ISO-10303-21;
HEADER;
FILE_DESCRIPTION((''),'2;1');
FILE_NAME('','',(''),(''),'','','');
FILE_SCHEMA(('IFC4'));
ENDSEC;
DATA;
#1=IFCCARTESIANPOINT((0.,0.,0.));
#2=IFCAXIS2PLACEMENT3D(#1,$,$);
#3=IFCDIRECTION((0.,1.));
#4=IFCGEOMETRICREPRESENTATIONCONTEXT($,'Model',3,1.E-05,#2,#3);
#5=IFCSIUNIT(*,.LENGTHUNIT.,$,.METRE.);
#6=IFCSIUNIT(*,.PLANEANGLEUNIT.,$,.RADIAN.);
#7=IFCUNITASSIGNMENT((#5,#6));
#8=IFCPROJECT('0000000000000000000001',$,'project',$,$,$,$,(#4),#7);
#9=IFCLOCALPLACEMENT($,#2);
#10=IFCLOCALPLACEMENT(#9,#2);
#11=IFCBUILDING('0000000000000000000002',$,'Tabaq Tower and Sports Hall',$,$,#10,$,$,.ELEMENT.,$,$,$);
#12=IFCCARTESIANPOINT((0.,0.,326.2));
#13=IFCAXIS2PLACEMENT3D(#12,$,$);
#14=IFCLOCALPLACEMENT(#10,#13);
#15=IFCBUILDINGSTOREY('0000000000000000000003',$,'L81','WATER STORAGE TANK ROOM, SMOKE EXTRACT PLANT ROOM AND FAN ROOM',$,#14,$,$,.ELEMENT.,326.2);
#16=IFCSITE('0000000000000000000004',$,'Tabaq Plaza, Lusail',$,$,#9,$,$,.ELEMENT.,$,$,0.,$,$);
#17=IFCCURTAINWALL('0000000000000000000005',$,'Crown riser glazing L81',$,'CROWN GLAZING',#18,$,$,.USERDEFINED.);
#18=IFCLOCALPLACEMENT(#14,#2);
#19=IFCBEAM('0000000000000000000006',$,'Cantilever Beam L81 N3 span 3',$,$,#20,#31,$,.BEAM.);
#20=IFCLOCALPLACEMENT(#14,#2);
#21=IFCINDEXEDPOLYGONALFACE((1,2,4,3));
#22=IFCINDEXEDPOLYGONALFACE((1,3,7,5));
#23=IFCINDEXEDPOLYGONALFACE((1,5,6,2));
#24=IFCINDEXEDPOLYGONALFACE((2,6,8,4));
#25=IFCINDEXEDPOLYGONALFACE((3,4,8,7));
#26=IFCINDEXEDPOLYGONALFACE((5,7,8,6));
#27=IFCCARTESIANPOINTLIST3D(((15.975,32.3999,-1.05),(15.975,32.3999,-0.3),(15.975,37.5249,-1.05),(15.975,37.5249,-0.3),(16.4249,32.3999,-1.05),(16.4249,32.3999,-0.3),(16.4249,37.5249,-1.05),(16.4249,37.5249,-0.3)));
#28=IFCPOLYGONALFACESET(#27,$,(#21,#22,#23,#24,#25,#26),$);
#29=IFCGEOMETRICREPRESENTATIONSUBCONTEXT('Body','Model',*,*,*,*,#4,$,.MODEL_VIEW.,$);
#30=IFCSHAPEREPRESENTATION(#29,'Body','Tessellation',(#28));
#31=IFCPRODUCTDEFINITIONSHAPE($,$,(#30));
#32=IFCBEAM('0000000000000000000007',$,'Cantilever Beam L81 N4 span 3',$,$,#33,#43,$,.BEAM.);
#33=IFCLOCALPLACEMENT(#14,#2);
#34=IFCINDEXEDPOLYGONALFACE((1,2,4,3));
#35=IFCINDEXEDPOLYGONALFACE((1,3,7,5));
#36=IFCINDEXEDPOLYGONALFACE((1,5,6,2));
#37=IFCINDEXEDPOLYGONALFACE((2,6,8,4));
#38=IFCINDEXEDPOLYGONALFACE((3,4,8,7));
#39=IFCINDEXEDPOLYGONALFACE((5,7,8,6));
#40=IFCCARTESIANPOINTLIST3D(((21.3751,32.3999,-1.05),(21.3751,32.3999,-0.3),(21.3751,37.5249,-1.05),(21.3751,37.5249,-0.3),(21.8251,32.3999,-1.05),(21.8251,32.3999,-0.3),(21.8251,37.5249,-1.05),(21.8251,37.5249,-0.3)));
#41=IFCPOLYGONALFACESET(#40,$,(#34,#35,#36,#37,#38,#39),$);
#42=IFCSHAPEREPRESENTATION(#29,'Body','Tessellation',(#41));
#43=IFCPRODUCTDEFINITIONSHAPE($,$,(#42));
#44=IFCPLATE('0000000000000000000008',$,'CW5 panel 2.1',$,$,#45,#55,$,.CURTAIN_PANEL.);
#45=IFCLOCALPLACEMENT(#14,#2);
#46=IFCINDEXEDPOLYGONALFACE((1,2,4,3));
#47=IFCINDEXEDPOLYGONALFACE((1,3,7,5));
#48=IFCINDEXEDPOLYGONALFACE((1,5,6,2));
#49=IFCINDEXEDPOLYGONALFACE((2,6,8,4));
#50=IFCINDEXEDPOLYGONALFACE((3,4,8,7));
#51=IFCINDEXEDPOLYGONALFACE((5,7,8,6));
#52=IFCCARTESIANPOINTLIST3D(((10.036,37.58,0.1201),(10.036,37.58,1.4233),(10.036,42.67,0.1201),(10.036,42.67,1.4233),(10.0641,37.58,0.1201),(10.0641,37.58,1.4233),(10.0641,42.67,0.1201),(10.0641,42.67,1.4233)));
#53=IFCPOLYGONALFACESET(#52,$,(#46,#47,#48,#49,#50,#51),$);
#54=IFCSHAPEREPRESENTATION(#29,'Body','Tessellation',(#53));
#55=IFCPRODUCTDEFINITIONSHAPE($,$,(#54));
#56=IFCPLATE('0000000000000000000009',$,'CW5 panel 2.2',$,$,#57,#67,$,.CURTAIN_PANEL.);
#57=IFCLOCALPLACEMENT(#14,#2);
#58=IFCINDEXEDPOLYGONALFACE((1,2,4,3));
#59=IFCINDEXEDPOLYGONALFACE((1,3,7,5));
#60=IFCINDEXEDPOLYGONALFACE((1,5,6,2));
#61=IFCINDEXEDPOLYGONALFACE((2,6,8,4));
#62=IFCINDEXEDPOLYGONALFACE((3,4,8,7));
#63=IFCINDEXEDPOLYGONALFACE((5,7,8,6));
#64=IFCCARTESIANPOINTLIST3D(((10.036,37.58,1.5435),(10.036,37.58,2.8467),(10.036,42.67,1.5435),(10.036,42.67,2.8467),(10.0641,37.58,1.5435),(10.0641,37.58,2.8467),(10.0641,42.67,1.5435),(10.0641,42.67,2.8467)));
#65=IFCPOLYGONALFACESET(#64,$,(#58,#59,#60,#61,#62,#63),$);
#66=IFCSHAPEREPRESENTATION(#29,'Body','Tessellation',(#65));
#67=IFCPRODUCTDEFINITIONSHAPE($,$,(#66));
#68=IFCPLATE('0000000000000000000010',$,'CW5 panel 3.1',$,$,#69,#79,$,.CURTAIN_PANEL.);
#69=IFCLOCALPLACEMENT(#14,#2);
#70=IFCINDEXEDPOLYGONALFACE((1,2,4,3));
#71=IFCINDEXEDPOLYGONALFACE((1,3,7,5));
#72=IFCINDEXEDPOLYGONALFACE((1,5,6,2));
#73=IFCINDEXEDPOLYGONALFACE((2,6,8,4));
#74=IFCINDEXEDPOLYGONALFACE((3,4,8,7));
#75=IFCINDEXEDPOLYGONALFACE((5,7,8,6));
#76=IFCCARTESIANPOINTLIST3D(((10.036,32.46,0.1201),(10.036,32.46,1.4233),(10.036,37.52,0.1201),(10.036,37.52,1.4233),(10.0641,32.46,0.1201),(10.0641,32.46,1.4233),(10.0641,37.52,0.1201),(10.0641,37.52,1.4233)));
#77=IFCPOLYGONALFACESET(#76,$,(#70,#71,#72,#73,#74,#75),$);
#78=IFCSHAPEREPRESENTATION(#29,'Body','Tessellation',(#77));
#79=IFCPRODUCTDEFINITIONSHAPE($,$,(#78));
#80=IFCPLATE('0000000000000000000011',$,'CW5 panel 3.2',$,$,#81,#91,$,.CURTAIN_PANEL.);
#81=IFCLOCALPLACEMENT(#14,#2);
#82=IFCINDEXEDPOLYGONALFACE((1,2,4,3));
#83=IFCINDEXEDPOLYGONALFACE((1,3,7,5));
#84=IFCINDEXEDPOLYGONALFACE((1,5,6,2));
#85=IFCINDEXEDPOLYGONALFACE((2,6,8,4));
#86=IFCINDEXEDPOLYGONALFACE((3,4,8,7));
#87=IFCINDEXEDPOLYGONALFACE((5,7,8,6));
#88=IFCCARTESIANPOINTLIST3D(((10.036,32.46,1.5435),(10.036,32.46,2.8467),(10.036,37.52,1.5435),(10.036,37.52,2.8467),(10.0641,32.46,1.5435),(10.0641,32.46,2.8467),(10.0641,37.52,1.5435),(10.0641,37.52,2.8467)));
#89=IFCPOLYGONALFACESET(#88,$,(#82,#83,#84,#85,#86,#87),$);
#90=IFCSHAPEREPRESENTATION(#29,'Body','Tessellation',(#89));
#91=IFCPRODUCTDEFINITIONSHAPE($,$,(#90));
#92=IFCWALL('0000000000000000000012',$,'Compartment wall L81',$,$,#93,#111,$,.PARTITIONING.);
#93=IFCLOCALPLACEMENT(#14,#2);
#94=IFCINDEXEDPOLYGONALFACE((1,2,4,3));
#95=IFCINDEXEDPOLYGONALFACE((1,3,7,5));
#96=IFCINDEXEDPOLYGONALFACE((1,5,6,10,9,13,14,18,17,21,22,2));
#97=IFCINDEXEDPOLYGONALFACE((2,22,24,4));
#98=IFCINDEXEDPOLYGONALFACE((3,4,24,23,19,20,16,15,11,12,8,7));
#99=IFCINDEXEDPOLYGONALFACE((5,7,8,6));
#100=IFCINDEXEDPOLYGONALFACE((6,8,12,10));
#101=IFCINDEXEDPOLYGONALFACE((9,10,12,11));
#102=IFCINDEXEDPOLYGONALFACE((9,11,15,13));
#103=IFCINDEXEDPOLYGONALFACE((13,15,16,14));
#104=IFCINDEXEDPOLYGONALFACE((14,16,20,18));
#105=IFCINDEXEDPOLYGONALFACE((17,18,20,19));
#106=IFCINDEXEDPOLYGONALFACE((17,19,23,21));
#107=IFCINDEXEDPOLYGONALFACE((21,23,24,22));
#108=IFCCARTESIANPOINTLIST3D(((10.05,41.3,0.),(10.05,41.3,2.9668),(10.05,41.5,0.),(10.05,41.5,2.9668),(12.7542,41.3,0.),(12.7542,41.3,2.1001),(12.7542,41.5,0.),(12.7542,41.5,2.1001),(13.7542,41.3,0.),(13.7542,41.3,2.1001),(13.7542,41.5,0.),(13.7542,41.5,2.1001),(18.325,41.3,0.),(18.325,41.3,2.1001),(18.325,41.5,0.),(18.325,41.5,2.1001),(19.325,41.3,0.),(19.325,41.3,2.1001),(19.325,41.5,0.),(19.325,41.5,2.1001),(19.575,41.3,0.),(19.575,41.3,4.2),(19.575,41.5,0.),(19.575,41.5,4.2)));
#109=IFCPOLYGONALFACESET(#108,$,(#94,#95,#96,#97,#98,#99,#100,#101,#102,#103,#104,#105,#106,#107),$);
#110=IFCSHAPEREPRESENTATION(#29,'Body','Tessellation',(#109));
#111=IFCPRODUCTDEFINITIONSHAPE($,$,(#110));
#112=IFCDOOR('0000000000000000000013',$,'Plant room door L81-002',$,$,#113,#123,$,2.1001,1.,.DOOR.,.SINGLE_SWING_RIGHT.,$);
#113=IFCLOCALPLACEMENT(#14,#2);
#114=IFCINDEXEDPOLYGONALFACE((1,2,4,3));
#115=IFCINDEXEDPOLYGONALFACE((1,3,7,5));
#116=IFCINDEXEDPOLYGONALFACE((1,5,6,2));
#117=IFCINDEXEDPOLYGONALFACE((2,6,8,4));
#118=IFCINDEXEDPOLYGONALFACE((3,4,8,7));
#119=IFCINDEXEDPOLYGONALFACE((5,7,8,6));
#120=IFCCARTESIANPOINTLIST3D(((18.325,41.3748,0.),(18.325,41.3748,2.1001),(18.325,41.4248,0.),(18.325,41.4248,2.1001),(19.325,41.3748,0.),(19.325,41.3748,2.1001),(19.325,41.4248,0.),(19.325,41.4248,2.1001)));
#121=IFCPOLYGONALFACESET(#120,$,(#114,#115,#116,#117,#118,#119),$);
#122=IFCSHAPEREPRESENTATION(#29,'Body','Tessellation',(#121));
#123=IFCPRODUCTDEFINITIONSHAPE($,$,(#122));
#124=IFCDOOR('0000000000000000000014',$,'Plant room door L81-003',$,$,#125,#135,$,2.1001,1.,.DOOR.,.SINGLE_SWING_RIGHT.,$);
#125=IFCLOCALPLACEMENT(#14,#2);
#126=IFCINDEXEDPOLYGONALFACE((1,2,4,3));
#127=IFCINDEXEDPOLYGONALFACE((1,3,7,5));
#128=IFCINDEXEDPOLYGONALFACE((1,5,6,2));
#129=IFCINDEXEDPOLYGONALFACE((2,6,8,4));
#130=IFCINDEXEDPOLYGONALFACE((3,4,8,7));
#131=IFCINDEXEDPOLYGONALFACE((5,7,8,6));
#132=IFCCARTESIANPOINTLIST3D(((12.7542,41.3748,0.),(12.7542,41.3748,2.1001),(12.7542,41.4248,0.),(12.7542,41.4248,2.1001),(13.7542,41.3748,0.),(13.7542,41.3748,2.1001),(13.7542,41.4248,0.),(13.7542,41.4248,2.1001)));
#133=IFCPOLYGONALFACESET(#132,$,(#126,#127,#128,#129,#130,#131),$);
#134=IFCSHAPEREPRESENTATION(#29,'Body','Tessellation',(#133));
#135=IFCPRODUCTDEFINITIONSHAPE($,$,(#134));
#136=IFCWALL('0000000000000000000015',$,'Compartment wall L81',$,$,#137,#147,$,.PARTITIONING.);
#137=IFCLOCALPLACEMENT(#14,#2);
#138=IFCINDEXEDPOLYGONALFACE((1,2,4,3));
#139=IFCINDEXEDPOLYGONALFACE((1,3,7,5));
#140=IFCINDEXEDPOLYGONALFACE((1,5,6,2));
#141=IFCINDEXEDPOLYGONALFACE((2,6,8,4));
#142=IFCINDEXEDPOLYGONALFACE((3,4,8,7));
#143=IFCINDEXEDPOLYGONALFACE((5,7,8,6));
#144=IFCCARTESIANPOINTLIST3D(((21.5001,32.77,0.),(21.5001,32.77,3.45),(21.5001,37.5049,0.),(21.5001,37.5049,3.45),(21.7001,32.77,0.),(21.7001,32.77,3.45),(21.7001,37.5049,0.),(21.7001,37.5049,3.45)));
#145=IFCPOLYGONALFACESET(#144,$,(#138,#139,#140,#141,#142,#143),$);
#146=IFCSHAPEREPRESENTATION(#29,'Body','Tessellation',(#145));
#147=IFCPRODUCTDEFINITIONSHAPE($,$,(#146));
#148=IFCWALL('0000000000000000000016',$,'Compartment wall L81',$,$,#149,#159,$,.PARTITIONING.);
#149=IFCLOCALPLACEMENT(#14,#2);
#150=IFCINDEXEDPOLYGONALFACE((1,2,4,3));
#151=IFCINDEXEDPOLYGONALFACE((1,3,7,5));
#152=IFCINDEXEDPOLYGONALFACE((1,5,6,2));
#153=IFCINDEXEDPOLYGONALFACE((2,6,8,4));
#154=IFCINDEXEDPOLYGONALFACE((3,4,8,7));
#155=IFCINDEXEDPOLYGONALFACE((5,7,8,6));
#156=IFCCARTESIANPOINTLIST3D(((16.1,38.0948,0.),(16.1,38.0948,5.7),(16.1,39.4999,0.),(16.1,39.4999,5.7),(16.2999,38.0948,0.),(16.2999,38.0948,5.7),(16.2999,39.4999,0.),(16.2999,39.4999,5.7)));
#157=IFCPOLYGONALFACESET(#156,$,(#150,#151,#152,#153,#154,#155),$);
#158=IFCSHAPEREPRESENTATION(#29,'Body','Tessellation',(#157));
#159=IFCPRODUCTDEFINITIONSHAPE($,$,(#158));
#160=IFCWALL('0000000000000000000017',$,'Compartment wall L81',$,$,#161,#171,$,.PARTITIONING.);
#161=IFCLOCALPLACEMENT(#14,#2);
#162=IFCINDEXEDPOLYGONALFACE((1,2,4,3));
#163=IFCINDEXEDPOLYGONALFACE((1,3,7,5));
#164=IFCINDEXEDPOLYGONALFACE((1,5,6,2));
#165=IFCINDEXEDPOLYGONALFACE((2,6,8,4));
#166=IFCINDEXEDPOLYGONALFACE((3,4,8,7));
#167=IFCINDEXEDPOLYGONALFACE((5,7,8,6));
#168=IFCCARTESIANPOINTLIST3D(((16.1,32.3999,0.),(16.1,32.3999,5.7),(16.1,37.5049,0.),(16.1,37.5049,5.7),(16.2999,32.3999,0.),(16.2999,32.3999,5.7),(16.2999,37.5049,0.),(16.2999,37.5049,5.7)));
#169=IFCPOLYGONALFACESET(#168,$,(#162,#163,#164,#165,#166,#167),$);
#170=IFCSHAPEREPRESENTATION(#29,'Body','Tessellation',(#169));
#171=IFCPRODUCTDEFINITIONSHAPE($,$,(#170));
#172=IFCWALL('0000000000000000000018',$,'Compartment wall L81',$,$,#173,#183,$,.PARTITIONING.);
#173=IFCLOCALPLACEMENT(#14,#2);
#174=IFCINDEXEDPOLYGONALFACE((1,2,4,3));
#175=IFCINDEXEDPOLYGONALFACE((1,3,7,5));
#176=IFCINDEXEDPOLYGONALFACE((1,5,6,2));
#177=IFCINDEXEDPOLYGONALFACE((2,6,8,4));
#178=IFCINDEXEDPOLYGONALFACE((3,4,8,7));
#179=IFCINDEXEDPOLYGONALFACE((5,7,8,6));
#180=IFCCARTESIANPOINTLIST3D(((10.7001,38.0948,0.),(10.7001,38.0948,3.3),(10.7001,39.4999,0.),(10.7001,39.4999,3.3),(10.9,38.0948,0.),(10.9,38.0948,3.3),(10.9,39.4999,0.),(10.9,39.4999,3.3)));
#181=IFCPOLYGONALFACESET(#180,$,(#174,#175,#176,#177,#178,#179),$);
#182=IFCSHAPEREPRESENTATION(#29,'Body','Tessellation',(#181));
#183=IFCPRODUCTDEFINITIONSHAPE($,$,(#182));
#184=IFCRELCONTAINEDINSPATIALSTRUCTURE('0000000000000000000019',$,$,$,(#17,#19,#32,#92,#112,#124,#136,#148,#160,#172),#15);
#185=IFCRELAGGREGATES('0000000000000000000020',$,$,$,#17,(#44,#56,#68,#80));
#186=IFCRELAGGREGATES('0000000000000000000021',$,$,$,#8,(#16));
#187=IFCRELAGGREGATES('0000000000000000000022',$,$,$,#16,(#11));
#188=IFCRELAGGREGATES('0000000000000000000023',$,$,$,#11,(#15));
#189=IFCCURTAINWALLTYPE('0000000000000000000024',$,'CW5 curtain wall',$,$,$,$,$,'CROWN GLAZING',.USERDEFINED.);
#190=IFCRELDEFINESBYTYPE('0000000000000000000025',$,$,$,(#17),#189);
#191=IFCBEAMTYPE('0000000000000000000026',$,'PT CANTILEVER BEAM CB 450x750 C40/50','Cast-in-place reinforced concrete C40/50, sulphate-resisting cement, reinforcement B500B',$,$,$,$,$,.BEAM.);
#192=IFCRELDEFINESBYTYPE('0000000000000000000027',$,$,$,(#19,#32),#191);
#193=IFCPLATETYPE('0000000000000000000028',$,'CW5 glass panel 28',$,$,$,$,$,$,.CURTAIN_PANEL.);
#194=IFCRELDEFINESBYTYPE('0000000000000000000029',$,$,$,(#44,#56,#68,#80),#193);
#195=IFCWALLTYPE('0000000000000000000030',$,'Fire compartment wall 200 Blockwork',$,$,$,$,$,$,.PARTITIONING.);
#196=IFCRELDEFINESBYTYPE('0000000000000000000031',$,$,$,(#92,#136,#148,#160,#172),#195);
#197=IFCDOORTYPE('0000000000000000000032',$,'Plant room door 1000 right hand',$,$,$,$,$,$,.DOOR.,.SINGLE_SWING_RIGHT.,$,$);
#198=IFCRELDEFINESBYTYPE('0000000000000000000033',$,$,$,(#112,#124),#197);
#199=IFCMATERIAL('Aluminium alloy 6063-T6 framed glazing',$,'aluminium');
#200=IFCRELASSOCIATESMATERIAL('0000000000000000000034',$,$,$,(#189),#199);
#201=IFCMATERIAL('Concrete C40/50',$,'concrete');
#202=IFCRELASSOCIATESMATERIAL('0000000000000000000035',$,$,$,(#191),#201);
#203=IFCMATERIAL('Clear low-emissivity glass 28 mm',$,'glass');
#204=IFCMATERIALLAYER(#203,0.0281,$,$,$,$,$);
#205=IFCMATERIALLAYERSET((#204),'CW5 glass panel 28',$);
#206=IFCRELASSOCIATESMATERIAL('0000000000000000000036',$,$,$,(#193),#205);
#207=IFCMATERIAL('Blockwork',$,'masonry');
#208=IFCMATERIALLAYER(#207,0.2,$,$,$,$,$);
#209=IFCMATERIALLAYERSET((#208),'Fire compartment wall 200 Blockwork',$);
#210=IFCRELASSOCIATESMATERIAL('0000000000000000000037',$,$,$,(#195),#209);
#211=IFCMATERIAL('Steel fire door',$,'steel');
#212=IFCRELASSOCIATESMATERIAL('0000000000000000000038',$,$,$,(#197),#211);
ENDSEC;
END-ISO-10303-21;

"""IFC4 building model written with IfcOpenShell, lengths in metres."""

from ifc_helpers import new_model, si_unit, direction, frame, frame_2d, origin, origin_2d, place, context, subcontext, project, spatial, polyline, rectangle, outline, extrude, material, layer, layer_set, material_profile, profile_set, type_object, element, fill, aggregate, save


model = new_model("IFC4")

# Units and contexts
model_context = context("Model", 3, precision=1e-05, world=origin(), true_north=direction((0.0, 1.0)))
body_context = subcontext(model_context, "Body", "Model", "MODEL_VIEW")
ifc_project = project(units=[si_unit("LENGTHUNIT", "METRE"), si_unit("PLANEANGLEUNIT", "RADIAN")], contexts=[model_context])

# Site, building, storey
site_placement = place(None, origin())
site = spatial("IfcSite", under=ifc_project, at=site_placement, Name="Tabaq Plaza, Lusail", CompositionType="ELEMENT", RefElevation=0.0)
building_placement = place(site_placement, origin())
building = spatial("IfcBuilding", under=site, at=building_placement, Name="Tabaq Tower and Sports Hall", CompositionType="ELEMENT")
storey_placement = place(building_placement, frame((0.0, 0.0, 326.2)))
storey = spatial("IfcBuildingStorey", under=building, at=storey_placement, Name="L81", Description="WATER STORAGE TANK ROOM, SMOKE EXTRACT PLANT ROOM AND FAN ROOM", CompositionType="ELEMENT", Elevation=326.2)

# Curtain wall
ifc_material_1 = material(Name="Aluminium alloy 6063-T6 framed glazing", Category="aluminium")
curtain_wall_type_1 = type_object("IfcCurtainWallType", Name="CW5 curtain wall", ElementType="CROWN GLAZING", PredefinedType="USERDEFINED", material=ifc_material_1)
curtain_wall_1_placement = place(storey_placement, origin())
curtain_wall_1 = element("IfcCurtainWall", 1, at=curtain_wall_1_placement, inside=storey, type_object=curtain_wall_type_1, Name="Crown riser glazing L81", ObjectType="CROWN GLAZING", PredefinedType="USERDEFINED")

# Beams
ifc_material_2 = material(Name="Concrete C40/50", Category="concrete")
ifc_material_profile_1 = material_profile(ifc_material_2, rectangle(XDim=0.45, YDim=0.75, at=origin_2d()), Name="CB 450x750")
ifc_profile_set_1 = profile_set([ifc_material_profile_1], Name="Concrete C40/50")
beam_type = type_object("IfcBeamType", Name="PT CANTILEVER BEAM CB 450x750 C40/50", Description="Cast-in-place reinforced concrete C40/50, sulphate-resisting cement, reinforcement B500B", PredefinedType="BEAM", material=ifc_profile_set_1)
for number, where, z_axis, x_axis, name in (
    (2, (16.2, 37.5249, -0.675), (0.0, -1.0, 0.0), (1.0, 0.0, 0.0), "Cantilever Beam L81 N3 span 3"),
    (3, (21.6001, 37.5249, -0.675), (0.0, -1.0, 0.0), (1.0, 0.0, 0.0), "Cantilever Beam L81 N4 span 3"),
):
    element("IfcBeam", number, at=place(storey_placement, frame(where, z_axis=z_axis, x_axis=x_axis)), inside=storey, type_object=beam_type, Name=name, PredefinedType="BEAM", context=body_context, shape_type="SweptSolid", body=[
        extrude(rectangle(XDim=0.45, YDim=0.75, at=origin_2d()), origin(), (0.0, 0.0, 1.0), 5.125),
    ])

# Plates
ifc_material_3 = material(Name="Clear low-emissivity glass 28 mm", Category="glass")
ifc_layer_1 = layer(ifc_material_3, 0.0281)
ifc_layer_set_1 = layer_set([ifc_layer_1], Name="CW5 glass panel 28")
plate_type = type_object("IfcPlateType", Name="CW5 glass panel 28", PredefinedType="CURTAIN_PANEL", material=ifc_layer_set_1)
plate_1_placement = place(storey_placement, frame((10.05, 40.125, 0.1201), z_axis=(0.0, 0.0, 1.0), x_axis=(0.0, -1.0, 0.0)))
plate_1 = element("IfcPlate", 4, at=plate_1_placement, type_object=plate_type, Name="CW5 panel 2.1", PredefinedType="CURTAIN_PANEL", context=body_context, shape_type="SweptSolid", body=[
    extrude(rectangle(XDim=5.0901, YDim=0.0281, at=origin_2d()), origin(), (0.0, 0.0, 1.0), 1.3032),
])
plate_2_placement = place(storey_placement, frame((10.05, 40.125, 1.5435), z_axis=(0.0, 0.0, 1.0), x_axis=(0.0, -1.0, 0.0)))
plate_2 = element("IfcPlate", 5, at=plate_2_placement, type_object=plate_type, Name="CW5 panel 2.2", PredefinedType="CURTAIN_PANEL", context=body_context, shape_type="SweptSolid", body=[
    extrude(rectangle(XDim=5.0901, YDim=0.0281, at=origin_2d()), origin(), (0.0, 0.0, 1.0), 1.3032),
])
plate_3_placement = place(storey_placement, frame((10.05, 34.99, 0.1201), z_axis=(0.0, 0.0, 1.0), x_axis=(0.0, -1.0, 0.0)))
plate_3 = element("IfcPlate", 6, at=plate_3_placement, type_object=plate_type, Name="CW5 panel 3.1", PredefinedType="CURTAIN_PANEL", context=body_context, shape_type="SweptSolid", body=[
    extrude(rectangle(XDim=5.0601, YDim=0.0281, at=origin_2d()), origin(), (0.0, 0.0, 1.0), 1.3032),
])
plate_4_placement = place(storey_placement, frame((10.05, 34.99, 1.5435), z_axis=(0.0, 0.0, 1.0), x_axis=(0.0, -1.0, 0.0)))
plate_4 = element("IfcPlate", 7, at=plate_4_placement, type_object=plate_type, Name="CW5 panel 3.2", PredefinedType="CURTAIN_PANEL", context=body_context, shape_type="SweptSolid", body=[
    extrude(rectangle(XDim=5.0601, YDim=0.0281, at=origin_2d()), origin(), (0.0, 0.0, 1.0), 1.3032),
])
aggregate(curtain_wall_1, [plate_1, plate_2, plate_3, plate_4])

# Wall, openings, doors
ifc_material_4 = material(Name="Blockwork", Category="masonry")
ifc_layer_2 = layer(ifc_material_4, 0.2)
ifc_layer_set_2 = layer_set([ifc_layer_2], Name="Fire compartment wall 200 Blockwork")
wall_type = type_object("IfcWallType", Name="Fire compartment wall 200 Blockwork", PredefinedType="PARTITIONING", material=ifc_layer_set_2)
wall_1_placement = place(storey_placement, frame((10.05, 41.3999, 0.0), z_axis=(0.0, 0.0, 1.0), x_axis=(1.0, 0.0, 0.0)))
wall_1 = element("IfcWall", 8, at=wall_1_placement, inside=storey, type_object=wall_type, Name="Compartment wall L81", PredefinedType="PARTITIONING", context=body_context, shape_type="SweptSolid", body=[
    extrude(outline(polyline([(0.0, 0.0), (9.5249, 0.0), (9.5249, 4.2), (0.0, 2.9668), (0.0, 0.0)])), frame((0.0, 0.1001, 0.0), z_axis=(0.0, -1.0, 0.0), x_axis=(1.0, 0.0, 0.0)), (0.0, 0.0, 1.0), 0.2),
])
opening_1_placement = place(wall_1_placement, frame((8.2749, 0.0, 0.0)))
opening_1 = element("IfcOpeningElement", 9, at=opening_1_placement, cuts=wall_1, PredefinedType="OPENING", context=body_context, shape_type="SweptSolid", body=[
    extrude(rectangle(XDim=1.0, YDim=2.1001, at=frame_2d((0.5, 1.05))), frame((0.0, 0.1001, 0.0), z_axis=(0.0, -1.0, 0.0), x_axis=(1.0, 0.0, 0.0)), (0.0, 0.0, 1.0), 0.2),
])
opening_2_placement = place(wall_1_placement, frame((2.7041, 0.0, 0.0)))
opening_2 = element("IfcOpeningElement", 10, at=opening_2_placement, cuts=wall_1, PredefinedType="OPENING", context=body_context, shape_type="SweptSolid", body=[
    extrude(rectangle(XDim=1.0, YDim=2.1001, at=frame_2d((0.5, 1.05))), frame((0.0, 0.1001, 0.0), z_axis=(0.0, -1.0, 0.0), x_axis=(1.0, 0.0, 0.0)), (0.0, 0.0, 1.0), 0.2),
])
ifc_material_5 = material(Name="Steel fire door", Category="steel")
door_type_1 = type_object("IfcDoorType", Name="Plant room door 1000 right hand", OperationType="SINGLE_SWING_RIGHT", PredefinedType="DOOR", material=ifc_material_5)
door_1_placement = place(opening_1_placement, origin())
door_1 = element("IfcDoor", 11, at=door_1_placement, inside=storey, type_object=door_type_1, Name="Plant room door L81-002", OperationType="SINGLE_SWING_RIGHT", OverallHeight=2.1001, OverallWidth=1.0, PredefinedType="DOOR", context=body_context, shape_type="SweptSolid", body=[
    extrude(rectangle(XDim=1.0, YDim=2.1001, at=frame_2d((0.5, 1.05))), frame((0.0, 0.0249, 0.0), z_axis=(0.0, -1.0, 0.0), x_axis=(1.0, 0.0, 0.0)), (0.0, 0.0, 1.0), 0.05),
])
fill(opening_1, door_1)
door_2_placement = place(opening_2_placement, origin())
door_2 = element("IfcDoor", 12, at=door_2_placement, inside=storey, type_object=door_type_1, Name="Plant room door L81-003", OperationType="SINGLE_SWING_RIGHT", OverallHeight=2.1001, OverallWidth=1.0, PredefinedType="DOOR", context=body_context, shape_type="SweptSolid", body=[
    extrude(rectangle(XDim=1.0, YDim=2.1001, at=frame_2d((0.5, 1.05))), frame((0.0, 0.0249, 0.0), z_axis=(0.0, -1.0, 0.0), x_axis=(1.0, 0.0, 0.0)), (0.0, 0.0, 1.0), 0.05),
])
fill(opening_2, door_2)

# Walls
wall_2_placement = place(storey_placement, frame((21.6001, 37.5049, 0.0), z_axis=(0.0, 0.0, 1.0), x_axis=(0.0, -1.0, 0.0)))
element("IfcWall", 13, at=wall_2_placement, inside=storey, type_object=wall_type, Name="Compartment wall L81", PredefinedType="PARTITIONING", context=body_context, shape_type="SweptSolid", body=[
    extrude(rectangle(XDim=4.7349, YDim=0.2, at=frame_2d((2.3674, 0.0))), origin(), (0.0, 0.0, 1.0), 3.45),
])
wall_3_placement = place(storey_placement, frame((16.2, 39.5, 0.0), z_axis=(0.0, 0.0, 1.0), x_axis=(0.0, -1.0, 0.0)))
element("IfcWall", 14, at=wall_3_placement, inside=storey, type_object=wall_type, Name="Compartment wall L81", PredefinedType="PARTITIONING", context=body_context, shape_type="SweptSolid", body=[
    extrude(rectangle(XDim=1.405, YDim=0.2, at=frame_2d((0.7026, 0.0))), origin(), (0.0, 0.0, 1.0), 5.7),
])
wall_4_placement = place(storey_placement, frame((16.2, 37.5049, 0.0), z_axis=(0.0, 0.0, 1.0), x_axis=(0.0, -1.0, 0.0)))
element("IfcWall", 15, at=wall_4_placement, inside=storey, type_object=wall_type, Name="Compartment wall L81", PredefinedType="PARTITIONING", context=body_context, shape_type="SweptSolid", body=[
    extrude(rectangle(XDim=5.105, YDim=0.2, at=frame_2d((2.5525, 0.0))), origin(), (0.0, 0.0, 1.0), 5.7),
])
wall_5_placement = place(storey_placement, frame((10.8, 39.5, 0.0), z_axis=(0.0, 0.0, 1.0), x_axis=(0.0, -1.0, 0.0)))
element("IfcWall", 16, at=wall_5_placement, inside=storey, type_object=wall_type, Name="Compartment wall L81", PredefinedType="PARTITIONING", context=body_context, shape_type="SweptSolid", body=[
    extrude(rectangle(XDim=1.405, YDim=0.2, at=frame_2d((0.7026, 0.0))), origin(), (0.0, 0.0, 1.0), 3.3),
])

save(model, "model.ifc")
